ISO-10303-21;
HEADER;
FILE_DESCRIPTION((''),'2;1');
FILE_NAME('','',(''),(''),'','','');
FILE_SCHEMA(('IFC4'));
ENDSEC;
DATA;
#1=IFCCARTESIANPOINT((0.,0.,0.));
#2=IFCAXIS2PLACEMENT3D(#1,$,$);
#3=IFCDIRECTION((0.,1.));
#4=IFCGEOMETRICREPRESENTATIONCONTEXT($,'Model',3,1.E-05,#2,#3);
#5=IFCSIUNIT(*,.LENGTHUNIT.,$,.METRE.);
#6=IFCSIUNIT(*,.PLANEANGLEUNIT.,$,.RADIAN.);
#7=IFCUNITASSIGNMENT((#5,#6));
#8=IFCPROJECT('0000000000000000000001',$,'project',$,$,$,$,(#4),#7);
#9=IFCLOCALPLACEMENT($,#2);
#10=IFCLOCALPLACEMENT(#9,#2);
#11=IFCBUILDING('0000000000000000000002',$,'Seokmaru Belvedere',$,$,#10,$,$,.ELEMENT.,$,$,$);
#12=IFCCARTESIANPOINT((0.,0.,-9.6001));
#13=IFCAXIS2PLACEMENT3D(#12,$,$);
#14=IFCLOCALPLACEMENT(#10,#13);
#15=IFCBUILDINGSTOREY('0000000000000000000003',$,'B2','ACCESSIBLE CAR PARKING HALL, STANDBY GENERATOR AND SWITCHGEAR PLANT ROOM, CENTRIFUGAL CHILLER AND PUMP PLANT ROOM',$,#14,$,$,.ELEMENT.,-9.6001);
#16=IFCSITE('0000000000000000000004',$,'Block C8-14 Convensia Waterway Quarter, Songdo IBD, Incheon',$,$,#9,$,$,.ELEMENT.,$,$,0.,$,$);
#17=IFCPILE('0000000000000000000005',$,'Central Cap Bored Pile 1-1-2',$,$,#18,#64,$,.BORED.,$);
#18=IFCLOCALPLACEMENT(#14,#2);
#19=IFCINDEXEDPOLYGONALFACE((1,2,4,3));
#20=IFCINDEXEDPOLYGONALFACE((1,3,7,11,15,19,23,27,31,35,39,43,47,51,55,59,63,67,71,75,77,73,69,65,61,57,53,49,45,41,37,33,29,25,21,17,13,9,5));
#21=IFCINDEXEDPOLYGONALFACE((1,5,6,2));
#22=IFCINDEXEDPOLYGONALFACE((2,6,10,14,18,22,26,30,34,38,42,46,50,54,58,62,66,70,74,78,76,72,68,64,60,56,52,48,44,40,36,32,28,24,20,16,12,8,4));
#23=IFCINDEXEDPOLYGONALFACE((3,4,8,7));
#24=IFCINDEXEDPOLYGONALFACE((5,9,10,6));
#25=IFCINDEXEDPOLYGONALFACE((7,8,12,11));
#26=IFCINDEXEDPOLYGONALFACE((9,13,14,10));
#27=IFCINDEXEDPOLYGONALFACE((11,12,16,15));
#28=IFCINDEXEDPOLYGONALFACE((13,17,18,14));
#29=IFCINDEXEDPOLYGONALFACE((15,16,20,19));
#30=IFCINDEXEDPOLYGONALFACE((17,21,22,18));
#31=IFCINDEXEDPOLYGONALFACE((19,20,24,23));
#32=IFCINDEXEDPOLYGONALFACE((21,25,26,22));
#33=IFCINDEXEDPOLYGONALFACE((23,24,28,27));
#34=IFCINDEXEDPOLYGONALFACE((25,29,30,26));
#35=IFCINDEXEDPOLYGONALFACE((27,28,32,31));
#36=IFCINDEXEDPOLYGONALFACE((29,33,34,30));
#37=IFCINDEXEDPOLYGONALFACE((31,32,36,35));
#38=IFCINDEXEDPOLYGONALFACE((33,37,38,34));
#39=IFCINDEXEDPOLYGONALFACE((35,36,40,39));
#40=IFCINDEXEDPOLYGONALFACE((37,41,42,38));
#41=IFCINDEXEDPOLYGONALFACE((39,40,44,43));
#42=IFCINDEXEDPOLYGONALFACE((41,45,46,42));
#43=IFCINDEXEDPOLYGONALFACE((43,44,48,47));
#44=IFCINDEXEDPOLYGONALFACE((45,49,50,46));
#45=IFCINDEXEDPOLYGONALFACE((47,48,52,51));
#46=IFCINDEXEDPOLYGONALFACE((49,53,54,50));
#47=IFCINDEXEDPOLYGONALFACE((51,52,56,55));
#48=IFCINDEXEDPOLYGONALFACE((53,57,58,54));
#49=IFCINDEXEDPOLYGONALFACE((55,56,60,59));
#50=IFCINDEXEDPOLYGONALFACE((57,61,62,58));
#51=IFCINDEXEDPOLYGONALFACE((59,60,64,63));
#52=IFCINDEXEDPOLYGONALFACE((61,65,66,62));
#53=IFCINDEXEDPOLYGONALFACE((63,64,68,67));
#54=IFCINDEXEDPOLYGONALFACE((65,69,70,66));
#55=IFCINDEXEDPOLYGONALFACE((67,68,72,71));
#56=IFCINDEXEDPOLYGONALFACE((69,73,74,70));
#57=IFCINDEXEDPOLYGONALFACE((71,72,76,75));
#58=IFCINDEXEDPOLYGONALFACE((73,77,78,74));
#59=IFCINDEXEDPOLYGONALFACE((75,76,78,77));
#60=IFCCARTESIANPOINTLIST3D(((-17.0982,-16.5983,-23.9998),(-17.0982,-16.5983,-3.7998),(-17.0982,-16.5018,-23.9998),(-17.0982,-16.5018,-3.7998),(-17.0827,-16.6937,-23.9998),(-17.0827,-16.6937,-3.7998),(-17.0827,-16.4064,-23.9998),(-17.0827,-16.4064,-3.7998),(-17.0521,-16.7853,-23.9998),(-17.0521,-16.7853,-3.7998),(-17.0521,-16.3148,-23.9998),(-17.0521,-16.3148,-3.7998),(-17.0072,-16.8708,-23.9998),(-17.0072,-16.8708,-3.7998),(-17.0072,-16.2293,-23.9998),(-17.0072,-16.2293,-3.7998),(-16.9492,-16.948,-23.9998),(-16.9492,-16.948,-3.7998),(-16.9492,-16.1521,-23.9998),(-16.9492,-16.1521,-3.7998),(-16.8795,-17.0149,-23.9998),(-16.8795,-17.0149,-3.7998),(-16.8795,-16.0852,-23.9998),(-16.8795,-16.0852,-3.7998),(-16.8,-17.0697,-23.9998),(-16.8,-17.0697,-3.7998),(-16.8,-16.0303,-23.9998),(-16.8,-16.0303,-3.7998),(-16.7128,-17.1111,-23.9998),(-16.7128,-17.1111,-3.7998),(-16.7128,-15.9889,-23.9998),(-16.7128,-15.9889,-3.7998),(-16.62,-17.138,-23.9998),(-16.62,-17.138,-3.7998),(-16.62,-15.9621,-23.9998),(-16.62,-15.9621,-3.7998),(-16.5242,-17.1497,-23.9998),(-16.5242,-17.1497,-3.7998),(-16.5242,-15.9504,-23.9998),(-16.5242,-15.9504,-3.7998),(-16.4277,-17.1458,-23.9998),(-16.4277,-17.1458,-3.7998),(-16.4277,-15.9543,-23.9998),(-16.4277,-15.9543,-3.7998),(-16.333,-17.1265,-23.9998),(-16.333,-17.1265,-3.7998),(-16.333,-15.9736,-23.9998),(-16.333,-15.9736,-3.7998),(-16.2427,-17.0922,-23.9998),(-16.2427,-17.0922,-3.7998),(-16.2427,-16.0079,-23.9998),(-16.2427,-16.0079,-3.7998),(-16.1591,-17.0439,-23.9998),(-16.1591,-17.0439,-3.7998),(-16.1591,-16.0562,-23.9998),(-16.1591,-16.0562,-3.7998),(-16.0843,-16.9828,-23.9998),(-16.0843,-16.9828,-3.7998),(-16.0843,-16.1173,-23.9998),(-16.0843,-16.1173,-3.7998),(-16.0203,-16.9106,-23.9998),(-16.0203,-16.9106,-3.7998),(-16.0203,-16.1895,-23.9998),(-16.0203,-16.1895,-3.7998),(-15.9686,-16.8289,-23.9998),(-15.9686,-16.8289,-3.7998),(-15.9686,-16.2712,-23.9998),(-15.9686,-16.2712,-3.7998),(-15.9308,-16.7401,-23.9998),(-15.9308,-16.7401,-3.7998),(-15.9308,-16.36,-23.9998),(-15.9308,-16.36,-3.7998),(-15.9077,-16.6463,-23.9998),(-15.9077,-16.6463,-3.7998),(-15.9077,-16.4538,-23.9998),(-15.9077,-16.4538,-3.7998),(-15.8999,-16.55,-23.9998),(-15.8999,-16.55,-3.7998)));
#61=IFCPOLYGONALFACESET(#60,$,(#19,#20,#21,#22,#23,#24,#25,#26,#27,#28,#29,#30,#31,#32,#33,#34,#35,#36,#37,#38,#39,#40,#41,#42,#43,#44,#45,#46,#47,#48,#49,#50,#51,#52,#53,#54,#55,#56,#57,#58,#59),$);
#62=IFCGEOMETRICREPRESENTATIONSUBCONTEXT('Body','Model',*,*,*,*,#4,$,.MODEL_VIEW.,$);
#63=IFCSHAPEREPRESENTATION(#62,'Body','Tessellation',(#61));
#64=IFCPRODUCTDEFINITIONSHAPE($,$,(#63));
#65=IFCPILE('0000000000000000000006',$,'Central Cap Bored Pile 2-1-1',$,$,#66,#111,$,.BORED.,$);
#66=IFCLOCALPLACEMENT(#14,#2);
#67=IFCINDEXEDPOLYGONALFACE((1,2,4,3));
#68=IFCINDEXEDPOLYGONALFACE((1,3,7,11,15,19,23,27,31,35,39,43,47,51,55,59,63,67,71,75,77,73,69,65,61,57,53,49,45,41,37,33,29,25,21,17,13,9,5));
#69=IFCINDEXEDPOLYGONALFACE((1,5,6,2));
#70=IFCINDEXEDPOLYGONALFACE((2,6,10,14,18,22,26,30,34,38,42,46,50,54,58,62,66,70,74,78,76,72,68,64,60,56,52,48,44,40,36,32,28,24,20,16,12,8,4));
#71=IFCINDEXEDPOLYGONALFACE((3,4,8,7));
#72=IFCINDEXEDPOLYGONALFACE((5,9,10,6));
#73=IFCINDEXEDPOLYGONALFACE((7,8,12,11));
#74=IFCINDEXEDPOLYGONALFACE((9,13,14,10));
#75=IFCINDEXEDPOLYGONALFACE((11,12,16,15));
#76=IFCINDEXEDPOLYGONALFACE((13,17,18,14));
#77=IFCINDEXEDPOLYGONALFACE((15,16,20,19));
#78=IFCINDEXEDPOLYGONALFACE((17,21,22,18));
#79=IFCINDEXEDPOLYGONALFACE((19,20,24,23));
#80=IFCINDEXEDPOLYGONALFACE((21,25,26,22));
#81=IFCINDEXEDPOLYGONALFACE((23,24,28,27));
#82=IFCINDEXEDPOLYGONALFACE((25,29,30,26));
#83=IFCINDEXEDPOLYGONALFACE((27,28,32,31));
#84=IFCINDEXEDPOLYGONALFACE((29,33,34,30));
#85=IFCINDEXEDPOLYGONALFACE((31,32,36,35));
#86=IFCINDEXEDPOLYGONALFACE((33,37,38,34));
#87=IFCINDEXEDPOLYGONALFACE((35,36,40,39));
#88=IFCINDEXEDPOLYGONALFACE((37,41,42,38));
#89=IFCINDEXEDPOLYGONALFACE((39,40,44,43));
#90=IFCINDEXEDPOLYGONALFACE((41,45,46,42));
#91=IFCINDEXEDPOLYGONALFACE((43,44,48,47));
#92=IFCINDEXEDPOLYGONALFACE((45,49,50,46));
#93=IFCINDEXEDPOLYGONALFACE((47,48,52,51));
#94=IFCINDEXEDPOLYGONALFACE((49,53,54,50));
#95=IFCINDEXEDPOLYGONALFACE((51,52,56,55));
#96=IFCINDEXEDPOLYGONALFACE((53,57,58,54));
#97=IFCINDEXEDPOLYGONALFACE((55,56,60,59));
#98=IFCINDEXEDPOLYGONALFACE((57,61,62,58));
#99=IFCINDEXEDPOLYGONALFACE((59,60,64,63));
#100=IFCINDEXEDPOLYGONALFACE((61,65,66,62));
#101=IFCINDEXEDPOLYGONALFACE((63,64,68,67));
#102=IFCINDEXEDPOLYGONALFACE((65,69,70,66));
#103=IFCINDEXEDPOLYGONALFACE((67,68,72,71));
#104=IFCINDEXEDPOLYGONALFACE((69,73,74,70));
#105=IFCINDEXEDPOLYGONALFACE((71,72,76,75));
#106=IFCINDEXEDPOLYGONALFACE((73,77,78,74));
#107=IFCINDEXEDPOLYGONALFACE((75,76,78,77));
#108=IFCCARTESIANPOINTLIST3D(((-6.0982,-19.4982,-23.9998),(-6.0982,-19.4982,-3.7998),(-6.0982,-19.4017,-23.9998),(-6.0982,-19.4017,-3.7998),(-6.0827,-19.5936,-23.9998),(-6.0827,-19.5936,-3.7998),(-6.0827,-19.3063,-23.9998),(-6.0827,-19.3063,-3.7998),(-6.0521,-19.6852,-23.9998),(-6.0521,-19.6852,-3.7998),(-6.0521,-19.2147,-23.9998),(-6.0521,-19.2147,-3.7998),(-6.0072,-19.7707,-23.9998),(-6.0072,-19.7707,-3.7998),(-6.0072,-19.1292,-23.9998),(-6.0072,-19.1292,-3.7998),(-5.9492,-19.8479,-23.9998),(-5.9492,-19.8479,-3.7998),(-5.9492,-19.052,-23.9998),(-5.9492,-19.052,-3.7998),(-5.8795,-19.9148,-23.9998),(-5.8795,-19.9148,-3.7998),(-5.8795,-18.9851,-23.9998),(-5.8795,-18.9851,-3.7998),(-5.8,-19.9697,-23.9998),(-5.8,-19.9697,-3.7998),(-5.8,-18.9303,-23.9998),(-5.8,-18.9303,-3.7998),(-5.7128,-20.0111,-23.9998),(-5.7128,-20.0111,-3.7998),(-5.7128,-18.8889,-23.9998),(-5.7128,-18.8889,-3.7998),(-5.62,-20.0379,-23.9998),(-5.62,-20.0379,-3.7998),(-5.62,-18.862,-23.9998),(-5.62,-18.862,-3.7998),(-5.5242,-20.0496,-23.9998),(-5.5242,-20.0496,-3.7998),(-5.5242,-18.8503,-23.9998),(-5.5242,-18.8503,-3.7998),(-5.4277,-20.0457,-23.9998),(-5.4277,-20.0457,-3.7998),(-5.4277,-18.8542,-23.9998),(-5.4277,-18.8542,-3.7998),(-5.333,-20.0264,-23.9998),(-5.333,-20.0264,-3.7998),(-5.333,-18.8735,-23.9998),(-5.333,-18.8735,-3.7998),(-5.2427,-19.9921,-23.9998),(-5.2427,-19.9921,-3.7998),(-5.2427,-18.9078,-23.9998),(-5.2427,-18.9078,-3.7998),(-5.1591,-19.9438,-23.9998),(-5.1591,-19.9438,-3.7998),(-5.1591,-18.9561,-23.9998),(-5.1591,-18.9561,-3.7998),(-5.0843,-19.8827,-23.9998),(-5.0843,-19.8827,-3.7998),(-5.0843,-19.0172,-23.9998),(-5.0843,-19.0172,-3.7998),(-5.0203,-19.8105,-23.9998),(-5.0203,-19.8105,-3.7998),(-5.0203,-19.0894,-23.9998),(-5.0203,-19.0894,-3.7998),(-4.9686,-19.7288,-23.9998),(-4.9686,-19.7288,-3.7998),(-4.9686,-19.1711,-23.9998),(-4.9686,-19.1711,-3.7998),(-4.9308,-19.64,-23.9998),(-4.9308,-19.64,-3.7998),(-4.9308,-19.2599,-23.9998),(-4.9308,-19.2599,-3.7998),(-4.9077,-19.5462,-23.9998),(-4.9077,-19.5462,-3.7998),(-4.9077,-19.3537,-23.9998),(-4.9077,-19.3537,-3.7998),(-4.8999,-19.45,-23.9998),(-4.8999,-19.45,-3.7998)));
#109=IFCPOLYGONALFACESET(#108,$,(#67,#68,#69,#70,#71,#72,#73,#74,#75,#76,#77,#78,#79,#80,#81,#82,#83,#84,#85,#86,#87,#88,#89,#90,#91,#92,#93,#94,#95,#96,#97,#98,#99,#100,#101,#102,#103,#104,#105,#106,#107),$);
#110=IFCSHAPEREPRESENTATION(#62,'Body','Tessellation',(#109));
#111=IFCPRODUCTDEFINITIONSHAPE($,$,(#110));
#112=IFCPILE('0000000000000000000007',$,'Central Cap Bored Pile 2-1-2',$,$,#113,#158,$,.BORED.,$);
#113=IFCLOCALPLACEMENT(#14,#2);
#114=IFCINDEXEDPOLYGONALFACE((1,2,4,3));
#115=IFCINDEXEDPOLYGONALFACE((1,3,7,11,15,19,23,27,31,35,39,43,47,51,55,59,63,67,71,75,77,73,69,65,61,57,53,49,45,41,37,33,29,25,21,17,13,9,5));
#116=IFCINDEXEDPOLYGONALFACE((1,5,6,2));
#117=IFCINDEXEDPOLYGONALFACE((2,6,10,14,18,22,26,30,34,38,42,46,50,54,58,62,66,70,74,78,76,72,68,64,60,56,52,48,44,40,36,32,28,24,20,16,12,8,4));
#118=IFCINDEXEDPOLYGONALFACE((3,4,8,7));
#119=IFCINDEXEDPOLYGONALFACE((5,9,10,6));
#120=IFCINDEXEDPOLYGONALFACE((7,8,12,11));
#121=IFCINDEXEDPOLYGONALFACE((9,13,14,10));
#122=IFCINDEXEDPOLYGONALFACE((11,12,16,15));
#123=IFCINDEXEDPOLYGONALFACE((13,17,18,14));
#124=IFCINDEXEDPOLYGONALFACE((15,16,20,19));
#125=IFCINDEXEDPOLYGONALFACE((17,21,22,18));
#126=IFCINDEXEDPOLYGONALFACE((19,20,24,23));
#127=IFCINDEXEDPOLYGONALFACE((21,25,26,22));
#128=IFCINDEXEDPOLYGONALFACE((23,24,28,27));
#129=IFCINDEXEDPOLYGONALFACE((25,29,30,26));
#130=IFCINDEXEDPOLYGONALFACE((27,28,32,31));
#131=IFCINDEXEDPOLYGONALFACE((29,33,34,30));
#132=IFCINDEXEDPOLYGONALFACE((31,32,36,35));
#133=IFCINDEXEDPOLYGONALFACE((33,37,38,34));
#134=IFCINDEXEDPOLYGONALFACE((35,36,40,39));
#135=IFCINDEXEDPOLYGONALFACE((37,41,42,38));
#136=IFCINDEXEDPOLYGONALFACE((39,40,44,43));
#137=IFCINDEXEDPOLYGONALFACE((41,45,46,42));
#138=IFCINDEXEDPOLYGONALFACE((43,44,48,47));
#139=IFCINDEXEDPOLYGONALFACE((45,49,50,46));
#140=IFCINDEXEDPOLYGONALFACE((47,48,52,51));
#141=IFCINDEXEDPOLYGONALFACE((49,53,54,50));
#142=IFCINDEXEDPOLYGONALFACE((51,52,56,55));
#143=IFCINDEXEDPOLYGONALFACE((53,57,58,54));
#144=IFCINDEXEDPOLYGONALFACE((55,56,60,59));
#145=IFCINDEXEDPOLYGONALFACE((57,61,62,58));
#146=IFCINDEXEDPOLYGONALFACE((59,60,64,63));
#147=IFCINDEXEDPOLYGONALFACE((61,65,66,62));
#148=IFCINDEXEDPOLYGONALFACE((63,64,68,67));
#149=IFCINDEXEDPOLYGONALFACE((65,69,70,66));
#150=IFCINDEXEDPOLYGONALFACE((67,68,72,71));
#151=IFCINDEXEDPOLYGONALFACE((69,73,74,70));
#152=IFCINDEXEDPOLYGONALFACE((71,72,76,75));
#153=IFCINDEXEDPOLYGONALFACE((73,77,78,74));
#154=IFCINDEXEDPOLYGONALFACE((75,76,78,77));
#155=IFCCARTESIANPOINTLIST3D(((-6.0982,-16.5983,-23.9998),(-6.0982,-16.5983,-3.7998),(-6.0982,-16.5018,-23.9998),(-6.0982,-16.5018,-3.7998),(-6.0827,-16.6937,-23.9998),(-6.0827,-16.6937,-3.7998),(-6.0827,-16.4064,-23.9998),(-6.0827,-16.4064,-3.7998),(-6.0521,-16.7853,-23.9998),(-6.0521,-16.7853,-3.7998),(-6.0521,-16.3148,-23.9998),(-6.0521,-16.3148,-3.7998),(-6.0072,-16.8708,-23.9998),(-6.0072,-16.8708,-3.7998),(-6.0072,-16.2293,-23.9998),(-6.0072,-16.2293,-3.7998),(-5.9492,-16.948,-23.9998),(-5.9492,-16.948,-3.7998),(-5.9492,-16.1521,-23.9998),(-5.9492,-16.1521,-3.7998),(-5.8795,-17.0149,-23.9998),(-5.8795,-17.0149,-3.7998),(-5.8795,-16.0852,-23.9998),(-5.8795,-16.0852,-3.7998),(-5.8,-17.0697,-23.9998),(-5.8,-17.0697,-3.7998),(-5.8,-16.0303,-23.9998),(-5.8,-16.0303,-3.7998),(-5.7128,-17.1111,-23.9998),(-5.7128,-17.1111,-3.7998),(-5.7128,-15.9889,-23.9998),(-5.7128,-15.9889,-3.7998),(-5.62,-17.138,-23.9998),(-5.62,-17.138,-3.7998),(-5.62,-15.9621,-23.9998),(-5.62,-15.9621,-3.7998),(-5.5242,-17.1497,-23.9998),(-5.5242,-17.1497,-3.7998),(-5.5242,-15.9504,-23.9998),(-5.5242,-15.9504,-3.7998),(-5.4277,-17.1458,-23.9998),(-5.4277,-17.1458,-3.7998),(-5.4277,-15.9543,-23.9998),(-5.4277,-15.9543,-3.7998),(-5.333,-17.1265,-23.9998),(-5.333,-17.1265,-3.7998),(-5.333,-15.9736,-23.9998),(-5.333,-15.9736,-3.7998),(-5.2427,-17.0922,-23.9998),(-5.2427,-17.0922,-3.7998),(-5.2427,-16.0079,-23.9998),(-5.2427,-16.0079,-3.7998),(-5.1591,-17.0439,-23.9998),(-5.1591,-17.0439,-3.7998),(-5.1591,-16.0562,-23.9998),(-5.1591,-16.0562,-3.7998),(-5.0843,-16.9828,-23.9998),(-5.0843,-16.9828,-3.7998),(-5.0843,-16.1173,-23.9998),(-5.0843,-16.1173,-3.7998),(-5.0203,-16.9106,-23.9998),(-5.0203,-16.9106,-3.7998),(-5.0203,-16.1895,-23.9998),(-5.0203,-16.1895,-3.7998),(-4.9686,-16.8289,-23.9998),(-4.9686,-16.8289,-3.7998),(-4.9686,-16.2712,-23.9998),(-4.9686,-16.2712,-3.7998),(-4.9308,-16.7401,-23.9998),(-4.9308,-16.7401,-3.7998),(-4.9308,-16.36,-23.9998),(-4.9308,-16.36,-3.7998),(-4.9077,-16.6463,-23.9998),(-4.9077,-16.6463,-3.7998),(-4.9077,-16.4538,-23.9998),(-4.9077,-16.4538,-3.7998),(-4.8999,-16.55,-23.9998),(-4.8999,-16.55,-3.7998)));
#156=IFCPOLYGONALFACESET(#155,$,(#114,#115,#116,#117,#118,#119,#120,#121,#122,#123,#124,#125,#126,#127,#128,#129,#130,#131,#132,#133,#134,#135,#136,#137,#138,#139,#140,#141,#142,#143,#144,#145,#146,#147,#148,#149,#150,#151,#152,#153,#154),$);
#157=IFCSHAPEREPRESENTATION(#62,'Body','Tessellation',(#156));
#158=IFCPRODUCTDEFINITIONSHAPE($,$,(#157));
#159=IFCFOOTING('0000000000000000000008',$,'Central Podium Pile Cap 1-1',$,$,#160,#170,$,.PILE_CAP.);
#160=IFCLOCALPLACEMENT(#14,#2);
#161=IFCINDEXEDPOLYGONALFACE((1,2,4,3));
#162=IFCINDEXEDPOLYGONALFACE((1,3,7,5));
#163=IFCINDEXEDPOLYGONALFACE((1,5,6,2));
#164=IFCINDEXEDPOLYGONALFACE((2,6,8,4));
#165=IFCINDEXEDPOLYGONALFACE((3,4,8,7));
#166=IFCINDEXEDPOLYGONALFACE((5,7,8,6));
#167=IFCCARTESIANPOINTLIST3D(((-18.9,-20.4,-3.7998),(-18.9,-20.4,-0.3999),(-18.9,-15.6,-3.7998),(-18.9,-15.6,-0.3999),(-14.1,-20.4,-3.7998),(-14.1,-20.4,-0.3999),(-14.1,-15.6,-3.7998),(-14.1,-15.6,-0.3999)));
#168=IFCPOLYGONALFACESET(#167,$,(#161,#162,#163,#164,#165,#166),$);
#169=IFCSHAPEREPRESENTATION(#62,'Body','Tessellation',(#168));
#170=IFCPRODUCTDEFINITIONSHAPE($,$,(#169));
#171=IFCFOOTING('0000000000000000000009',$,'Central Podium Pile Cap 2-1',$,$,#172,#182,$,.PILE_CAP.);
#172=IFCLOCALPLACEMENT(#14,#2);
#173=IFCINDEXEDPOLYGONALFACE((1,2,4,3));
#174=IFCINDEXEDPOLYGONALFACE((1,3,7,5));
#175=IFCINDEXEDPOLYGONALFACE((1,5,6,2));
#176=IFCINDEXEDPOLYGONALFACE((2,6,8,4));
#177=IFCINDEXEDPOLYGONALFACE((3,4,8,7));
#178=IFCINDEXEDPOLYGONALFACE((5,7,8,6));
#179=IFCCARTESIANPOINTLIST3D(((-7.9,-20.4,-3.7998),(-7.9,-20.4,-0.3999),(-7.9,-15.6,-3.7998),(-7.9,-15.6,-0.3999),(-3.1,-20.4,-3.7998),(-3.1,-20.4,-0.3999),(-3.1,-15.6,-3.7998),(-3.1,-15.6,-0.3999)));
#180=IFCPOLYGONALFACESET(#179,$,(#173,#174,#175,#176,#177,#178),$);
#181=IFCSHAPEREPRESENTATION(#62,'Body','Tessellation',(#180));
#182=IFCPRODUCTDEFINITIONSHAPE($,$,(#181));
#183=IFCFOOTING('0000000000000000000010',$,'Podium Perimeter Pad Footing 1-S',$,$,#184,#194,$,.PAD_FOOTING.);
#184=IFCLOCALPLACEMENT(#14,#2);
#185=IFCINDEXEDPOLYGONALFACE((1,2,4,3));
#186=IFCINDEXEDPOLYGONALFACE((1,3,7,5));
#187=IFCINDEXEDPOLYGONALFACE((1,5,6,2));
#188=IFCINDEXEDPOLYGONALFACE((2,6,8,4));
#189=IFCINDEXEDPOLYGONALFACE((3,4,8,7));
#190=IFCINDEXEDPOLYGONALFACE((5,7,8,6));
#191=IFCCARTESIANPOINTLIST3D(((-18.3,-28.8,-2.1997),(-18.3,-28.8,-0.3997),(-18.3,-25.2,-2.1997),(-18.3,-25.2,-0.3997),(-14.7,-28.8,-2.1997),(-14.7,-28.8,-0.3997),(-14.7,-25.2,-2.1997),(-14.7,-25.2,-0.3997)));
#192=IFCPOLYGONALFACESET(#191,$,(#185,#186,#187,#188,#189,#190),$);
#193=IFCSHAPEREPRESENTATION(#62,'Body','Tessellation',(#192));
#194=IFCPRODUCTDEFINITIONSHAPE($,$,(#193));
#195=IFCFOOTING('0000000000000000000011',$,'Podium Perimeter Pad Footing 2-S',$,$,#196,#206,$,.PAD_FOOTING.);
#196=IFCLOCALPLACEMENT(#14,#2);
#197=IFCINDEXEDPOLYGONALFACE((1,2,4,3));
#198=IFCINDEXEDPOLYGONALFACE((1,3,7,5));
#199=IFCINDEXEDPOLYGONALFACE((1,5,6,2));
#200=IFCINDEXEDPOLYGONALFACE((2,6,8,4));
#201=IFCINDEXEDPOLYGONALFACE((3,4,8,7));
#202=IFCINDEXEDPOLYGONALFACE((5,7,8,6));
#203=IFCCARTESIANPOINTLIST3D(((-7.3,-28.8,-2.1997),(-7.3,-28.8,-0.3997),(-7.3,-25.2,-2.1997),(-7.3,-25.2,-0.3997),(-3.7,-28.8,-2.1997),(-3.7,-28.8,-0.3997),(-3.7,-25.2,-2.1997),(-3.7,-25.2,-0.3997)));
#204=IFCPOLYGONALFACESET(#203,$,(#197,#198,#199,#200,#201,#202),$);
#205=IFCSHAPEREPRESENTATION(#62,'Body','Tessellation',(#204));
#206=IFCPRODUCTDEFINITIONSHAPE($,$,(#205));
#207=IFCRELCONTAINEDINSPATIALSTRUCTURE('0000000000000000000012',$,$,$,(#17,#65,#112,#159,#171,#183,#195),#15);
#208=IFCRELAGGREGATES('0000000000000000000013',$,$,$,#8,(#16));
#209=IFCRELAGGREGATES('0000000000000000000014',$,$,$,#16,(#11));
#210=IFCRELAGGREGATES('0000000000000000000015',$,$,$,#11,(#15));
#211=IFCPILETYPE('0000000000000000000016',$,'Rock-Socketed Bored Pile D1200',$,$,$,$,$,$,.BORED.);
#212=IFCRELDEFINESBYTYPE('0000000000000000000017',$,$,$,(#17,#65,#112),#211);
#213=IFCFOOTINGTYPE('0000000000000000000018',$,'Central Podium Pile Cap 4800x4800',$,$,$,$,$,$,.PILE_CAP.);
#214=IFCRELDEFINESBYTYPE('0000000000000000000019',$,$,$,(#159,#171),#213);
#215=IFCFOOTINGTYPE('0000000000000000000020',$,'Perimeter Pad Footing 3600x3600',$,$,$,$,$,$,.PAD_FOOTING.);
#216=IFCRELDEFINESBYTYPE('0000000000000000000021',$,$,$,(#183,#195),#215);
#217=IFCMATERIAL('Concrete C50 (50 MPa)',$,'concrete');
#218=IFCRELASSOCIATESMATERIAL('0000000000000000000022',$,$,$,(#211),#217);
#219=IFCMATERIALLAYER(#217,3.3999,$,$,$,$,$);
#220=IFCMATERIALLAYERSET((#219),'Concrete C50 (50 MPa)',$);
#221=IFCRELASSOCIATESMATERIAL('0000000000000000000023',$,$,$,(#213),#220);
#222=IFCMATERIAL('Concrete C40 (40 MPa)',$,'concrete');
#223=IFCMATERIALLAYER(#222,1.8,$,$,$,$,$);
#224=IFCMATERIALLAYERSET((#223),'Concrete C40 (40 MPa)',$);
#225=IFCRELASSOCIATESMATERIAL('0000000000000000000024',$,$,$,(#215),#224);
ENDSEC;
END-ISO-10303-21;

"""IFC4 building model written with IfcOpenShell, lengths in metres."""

from ifc_helpers import new_model, si_unit, direction, frame, origin, origin_2d, place, context, subcontext, project, spatial, rectangle, circle, extrude, source, transform, mapped, material, layer, layer_set, material_profile, profile_set, type_object, type_shapes, element, save


model = new_model("IFC4")

# Units and contexts
model_context = context("Model", 3, precision=1e-05, world=origin(), true_north=direction((0.0, 1.0)))
body_context = subcontext(model_context, "Body", "Model", "MODEL_VIEW")
ifc_project = project(units=[si_unit("LENGTHUNIT", "METRE"), si_unit("PLANEANGLEUNIT", "RADIAN")], contexts=[model_context])

# Site, building, storey
site_placement = place(None, origin())
site = spatial("IfcSite", under=ifc_project, at=site_placement, Name="Block C8-14 Convensia Waterway Quarter, Songdo IBD, Incheon", CompositionType="ELEMENT", RefElevation=0.0)
building_placement = place(site_placement, origin())
building = spatial("IfcBuilding", under=site, at=building_placement, Name="Seokmaru Belvedere", CompositionType="ELEMENT")
storey_placement = place(building_placement, frame((0.0, 0.0, -9.6001)))
storey = spatial("IfcBuildingStorey", under=building, at=storey_placement, Name="B2", Description="ACCESSIBLE CAR PARKING HALL, STANDBY GENERATOR AND SWITCHGEAR PLANT ROOM, CENTRIFUGAL CHILLER AND PUMP PLANT ROOM", CompositionType="ELEMENT", Elevation=-9.6001)

# Piles
ifc_material_1 = material(Name="Concrete C50 (50 MPa)", Category="concrete")
ifc_material_profile_1 = material_profile(ifc_material_1, circle(Radius=0.6001, at=origin_2d()), Name="PILE-D1200")
ifc_profile_set_1 = profile_set([ifc_material_profile_1], Name="Concrete C50 (50 MPa)")
pile_type_1 = type_object("IfcPileType", Name="Rock-Socketed Bored Pile D1200", PredefinedType="BORED", material=ifc_profile_set_1)
shared_shape_1 = source(origin(), body_context, "Body", "SweptSolid", [
    extrude(circle(Radius=0.6001, at=origin_2d()), origin(), (0.0, 0.0, 1.0), 20.2),
])
type_shapes(pile_type_1, [shared_shape_1])
for number, where, z_axis, x_axis, name in (
    (1, (-16.5, -16.55, -3.7998), (0.0, 0.0, -1.0), (1.0, 0.0, 0.0), "Central Cap Bored Pile 1-1-2"),
    (2, (-5.5, -19.45, -3.7998), (0.0, 0.0, -1.0), (1.0, 0.0, 0.0), "Central Cap Bored Pile 2-1-1"),
    (3, (-5.5, -16.55, -3.7998), (0.0, 0.0, -1.0), (1.0, 0.0, 0.0), "Central Cap Bored Pile 2-1-2"),
):
    element("IfcPile", number, at=place(storey_placement, frame(where, z_axis=z_axis, x_axis=x_axis)), inside=storey, type_object=pile_type_1, Name=name, PredefinedType="BORED", context=body_context, shape_type="MappedRepresentation", body=[
        mapped(shared_shape_1, transform((0.0, 0.0, 0.0), scale=1.0)),
    ])

# Footings
ifc_layer_1 = layer(ifc_material_1, 3.3999)
ifc_layer_set_1 = layer_set([ifc_layer_1], Name="Concrete C50 (50 MPa)")
footing_type_1 = type_object("IfcFootingType", Name="Central Podium Pile Cap 4800x4800", PredefinedType="PILE_CAP", material=ifc_layer_set_1)
shared_shape_2 = source(origin(), body_context, "Body", "SweptSolid", [
    extrude(rectangle(XDim=4.8, YDim=4.8, at=origin_2d()), origin(), (0.0, 0.0, 1.0), 3.3999),
])
type_shapes(footing_type_1, [shared_shape_2])
for number, where, z_axis, x_axis, name in (
    (4, (-16.5, -18.0, -3.7998), (0.0, 0.0, 1.0), (1.0, 0.0, 0.0), "Central Podium Pile Cap 1-1"),
    (5, (-5.5, -18.0, -3.7998), (0.0, 0.0, 1.0), (1.0, 0.0, 0.0), "Central Podium Pile Cap 2-1"),
):
    element("IfcFooting", number, at=place(storey_placement, frame(where, z_axis=z_axis, x_axis=x_axis)), inside=storey, type_object=footing_type_1, Name=name, PredefinedType="PILE_CAP", context=body_context, shape_type="MappedRepresentation", body=[
        mapped(shared_shape_2, transform((0.0, 0.0, 0.0), scale=1.0)),
    ])
ifc_material_2 = material(Name="Concrete C40 (40 MPa)", Category="concrete")
ifc_layer_2 = layer(ifc_material_2, 1.8)
ifc_layer_set_2 = layer_set([ifc_layer_2], Name="Concrete C40 (40 MPa)")
footing_type_2 = type_object("IfcFootingType", Name="Perimeter Pad Footing 3600x3600", PredefinedType="PAD_FOOTING", material=ifc_layer_set_2)
shared_shape_3 = source(origin(), body_context, "Body", "SweptSolid", [
    extrude(rectangle(XDim=3.6001, YDim=3.6001, at=origin_2d()), origin(), (0.0, 0.0, 1.0), 1.8),
])
type_shapes(footing_type_2, [shared_shape_3])
for number, where, z_axis, x_axis, name in (
    (6, (-16.5, -27.0, -2.1997), (0.0, 0.0, 1.0), (1.0, 0.0, 0.0), "Podium Perimeter Pad Footing 1-S"),
    (7, (-5.5, -27.0, -2.1997), (0.0, 0.0, 1.0), (1.0, 0.0, 0.0), "Podium Perimeter Pad Footing 2-S"),
):
    element("IfcFooting", number, at=place(storey_placement, frame(where, z_axis=z_axis, x_axis=x_axis)), inside=storey, type_object=footing_type_2, Name=name, PredefinedType="PAD_FOOTING", context=body_context, shape_type="MappedRepresentation", body=[
        mapped(shared_shape_3, transform((0.0, 0.0, 0.0), scale=1.0)),
    ])

save(model, "model.ifc")
